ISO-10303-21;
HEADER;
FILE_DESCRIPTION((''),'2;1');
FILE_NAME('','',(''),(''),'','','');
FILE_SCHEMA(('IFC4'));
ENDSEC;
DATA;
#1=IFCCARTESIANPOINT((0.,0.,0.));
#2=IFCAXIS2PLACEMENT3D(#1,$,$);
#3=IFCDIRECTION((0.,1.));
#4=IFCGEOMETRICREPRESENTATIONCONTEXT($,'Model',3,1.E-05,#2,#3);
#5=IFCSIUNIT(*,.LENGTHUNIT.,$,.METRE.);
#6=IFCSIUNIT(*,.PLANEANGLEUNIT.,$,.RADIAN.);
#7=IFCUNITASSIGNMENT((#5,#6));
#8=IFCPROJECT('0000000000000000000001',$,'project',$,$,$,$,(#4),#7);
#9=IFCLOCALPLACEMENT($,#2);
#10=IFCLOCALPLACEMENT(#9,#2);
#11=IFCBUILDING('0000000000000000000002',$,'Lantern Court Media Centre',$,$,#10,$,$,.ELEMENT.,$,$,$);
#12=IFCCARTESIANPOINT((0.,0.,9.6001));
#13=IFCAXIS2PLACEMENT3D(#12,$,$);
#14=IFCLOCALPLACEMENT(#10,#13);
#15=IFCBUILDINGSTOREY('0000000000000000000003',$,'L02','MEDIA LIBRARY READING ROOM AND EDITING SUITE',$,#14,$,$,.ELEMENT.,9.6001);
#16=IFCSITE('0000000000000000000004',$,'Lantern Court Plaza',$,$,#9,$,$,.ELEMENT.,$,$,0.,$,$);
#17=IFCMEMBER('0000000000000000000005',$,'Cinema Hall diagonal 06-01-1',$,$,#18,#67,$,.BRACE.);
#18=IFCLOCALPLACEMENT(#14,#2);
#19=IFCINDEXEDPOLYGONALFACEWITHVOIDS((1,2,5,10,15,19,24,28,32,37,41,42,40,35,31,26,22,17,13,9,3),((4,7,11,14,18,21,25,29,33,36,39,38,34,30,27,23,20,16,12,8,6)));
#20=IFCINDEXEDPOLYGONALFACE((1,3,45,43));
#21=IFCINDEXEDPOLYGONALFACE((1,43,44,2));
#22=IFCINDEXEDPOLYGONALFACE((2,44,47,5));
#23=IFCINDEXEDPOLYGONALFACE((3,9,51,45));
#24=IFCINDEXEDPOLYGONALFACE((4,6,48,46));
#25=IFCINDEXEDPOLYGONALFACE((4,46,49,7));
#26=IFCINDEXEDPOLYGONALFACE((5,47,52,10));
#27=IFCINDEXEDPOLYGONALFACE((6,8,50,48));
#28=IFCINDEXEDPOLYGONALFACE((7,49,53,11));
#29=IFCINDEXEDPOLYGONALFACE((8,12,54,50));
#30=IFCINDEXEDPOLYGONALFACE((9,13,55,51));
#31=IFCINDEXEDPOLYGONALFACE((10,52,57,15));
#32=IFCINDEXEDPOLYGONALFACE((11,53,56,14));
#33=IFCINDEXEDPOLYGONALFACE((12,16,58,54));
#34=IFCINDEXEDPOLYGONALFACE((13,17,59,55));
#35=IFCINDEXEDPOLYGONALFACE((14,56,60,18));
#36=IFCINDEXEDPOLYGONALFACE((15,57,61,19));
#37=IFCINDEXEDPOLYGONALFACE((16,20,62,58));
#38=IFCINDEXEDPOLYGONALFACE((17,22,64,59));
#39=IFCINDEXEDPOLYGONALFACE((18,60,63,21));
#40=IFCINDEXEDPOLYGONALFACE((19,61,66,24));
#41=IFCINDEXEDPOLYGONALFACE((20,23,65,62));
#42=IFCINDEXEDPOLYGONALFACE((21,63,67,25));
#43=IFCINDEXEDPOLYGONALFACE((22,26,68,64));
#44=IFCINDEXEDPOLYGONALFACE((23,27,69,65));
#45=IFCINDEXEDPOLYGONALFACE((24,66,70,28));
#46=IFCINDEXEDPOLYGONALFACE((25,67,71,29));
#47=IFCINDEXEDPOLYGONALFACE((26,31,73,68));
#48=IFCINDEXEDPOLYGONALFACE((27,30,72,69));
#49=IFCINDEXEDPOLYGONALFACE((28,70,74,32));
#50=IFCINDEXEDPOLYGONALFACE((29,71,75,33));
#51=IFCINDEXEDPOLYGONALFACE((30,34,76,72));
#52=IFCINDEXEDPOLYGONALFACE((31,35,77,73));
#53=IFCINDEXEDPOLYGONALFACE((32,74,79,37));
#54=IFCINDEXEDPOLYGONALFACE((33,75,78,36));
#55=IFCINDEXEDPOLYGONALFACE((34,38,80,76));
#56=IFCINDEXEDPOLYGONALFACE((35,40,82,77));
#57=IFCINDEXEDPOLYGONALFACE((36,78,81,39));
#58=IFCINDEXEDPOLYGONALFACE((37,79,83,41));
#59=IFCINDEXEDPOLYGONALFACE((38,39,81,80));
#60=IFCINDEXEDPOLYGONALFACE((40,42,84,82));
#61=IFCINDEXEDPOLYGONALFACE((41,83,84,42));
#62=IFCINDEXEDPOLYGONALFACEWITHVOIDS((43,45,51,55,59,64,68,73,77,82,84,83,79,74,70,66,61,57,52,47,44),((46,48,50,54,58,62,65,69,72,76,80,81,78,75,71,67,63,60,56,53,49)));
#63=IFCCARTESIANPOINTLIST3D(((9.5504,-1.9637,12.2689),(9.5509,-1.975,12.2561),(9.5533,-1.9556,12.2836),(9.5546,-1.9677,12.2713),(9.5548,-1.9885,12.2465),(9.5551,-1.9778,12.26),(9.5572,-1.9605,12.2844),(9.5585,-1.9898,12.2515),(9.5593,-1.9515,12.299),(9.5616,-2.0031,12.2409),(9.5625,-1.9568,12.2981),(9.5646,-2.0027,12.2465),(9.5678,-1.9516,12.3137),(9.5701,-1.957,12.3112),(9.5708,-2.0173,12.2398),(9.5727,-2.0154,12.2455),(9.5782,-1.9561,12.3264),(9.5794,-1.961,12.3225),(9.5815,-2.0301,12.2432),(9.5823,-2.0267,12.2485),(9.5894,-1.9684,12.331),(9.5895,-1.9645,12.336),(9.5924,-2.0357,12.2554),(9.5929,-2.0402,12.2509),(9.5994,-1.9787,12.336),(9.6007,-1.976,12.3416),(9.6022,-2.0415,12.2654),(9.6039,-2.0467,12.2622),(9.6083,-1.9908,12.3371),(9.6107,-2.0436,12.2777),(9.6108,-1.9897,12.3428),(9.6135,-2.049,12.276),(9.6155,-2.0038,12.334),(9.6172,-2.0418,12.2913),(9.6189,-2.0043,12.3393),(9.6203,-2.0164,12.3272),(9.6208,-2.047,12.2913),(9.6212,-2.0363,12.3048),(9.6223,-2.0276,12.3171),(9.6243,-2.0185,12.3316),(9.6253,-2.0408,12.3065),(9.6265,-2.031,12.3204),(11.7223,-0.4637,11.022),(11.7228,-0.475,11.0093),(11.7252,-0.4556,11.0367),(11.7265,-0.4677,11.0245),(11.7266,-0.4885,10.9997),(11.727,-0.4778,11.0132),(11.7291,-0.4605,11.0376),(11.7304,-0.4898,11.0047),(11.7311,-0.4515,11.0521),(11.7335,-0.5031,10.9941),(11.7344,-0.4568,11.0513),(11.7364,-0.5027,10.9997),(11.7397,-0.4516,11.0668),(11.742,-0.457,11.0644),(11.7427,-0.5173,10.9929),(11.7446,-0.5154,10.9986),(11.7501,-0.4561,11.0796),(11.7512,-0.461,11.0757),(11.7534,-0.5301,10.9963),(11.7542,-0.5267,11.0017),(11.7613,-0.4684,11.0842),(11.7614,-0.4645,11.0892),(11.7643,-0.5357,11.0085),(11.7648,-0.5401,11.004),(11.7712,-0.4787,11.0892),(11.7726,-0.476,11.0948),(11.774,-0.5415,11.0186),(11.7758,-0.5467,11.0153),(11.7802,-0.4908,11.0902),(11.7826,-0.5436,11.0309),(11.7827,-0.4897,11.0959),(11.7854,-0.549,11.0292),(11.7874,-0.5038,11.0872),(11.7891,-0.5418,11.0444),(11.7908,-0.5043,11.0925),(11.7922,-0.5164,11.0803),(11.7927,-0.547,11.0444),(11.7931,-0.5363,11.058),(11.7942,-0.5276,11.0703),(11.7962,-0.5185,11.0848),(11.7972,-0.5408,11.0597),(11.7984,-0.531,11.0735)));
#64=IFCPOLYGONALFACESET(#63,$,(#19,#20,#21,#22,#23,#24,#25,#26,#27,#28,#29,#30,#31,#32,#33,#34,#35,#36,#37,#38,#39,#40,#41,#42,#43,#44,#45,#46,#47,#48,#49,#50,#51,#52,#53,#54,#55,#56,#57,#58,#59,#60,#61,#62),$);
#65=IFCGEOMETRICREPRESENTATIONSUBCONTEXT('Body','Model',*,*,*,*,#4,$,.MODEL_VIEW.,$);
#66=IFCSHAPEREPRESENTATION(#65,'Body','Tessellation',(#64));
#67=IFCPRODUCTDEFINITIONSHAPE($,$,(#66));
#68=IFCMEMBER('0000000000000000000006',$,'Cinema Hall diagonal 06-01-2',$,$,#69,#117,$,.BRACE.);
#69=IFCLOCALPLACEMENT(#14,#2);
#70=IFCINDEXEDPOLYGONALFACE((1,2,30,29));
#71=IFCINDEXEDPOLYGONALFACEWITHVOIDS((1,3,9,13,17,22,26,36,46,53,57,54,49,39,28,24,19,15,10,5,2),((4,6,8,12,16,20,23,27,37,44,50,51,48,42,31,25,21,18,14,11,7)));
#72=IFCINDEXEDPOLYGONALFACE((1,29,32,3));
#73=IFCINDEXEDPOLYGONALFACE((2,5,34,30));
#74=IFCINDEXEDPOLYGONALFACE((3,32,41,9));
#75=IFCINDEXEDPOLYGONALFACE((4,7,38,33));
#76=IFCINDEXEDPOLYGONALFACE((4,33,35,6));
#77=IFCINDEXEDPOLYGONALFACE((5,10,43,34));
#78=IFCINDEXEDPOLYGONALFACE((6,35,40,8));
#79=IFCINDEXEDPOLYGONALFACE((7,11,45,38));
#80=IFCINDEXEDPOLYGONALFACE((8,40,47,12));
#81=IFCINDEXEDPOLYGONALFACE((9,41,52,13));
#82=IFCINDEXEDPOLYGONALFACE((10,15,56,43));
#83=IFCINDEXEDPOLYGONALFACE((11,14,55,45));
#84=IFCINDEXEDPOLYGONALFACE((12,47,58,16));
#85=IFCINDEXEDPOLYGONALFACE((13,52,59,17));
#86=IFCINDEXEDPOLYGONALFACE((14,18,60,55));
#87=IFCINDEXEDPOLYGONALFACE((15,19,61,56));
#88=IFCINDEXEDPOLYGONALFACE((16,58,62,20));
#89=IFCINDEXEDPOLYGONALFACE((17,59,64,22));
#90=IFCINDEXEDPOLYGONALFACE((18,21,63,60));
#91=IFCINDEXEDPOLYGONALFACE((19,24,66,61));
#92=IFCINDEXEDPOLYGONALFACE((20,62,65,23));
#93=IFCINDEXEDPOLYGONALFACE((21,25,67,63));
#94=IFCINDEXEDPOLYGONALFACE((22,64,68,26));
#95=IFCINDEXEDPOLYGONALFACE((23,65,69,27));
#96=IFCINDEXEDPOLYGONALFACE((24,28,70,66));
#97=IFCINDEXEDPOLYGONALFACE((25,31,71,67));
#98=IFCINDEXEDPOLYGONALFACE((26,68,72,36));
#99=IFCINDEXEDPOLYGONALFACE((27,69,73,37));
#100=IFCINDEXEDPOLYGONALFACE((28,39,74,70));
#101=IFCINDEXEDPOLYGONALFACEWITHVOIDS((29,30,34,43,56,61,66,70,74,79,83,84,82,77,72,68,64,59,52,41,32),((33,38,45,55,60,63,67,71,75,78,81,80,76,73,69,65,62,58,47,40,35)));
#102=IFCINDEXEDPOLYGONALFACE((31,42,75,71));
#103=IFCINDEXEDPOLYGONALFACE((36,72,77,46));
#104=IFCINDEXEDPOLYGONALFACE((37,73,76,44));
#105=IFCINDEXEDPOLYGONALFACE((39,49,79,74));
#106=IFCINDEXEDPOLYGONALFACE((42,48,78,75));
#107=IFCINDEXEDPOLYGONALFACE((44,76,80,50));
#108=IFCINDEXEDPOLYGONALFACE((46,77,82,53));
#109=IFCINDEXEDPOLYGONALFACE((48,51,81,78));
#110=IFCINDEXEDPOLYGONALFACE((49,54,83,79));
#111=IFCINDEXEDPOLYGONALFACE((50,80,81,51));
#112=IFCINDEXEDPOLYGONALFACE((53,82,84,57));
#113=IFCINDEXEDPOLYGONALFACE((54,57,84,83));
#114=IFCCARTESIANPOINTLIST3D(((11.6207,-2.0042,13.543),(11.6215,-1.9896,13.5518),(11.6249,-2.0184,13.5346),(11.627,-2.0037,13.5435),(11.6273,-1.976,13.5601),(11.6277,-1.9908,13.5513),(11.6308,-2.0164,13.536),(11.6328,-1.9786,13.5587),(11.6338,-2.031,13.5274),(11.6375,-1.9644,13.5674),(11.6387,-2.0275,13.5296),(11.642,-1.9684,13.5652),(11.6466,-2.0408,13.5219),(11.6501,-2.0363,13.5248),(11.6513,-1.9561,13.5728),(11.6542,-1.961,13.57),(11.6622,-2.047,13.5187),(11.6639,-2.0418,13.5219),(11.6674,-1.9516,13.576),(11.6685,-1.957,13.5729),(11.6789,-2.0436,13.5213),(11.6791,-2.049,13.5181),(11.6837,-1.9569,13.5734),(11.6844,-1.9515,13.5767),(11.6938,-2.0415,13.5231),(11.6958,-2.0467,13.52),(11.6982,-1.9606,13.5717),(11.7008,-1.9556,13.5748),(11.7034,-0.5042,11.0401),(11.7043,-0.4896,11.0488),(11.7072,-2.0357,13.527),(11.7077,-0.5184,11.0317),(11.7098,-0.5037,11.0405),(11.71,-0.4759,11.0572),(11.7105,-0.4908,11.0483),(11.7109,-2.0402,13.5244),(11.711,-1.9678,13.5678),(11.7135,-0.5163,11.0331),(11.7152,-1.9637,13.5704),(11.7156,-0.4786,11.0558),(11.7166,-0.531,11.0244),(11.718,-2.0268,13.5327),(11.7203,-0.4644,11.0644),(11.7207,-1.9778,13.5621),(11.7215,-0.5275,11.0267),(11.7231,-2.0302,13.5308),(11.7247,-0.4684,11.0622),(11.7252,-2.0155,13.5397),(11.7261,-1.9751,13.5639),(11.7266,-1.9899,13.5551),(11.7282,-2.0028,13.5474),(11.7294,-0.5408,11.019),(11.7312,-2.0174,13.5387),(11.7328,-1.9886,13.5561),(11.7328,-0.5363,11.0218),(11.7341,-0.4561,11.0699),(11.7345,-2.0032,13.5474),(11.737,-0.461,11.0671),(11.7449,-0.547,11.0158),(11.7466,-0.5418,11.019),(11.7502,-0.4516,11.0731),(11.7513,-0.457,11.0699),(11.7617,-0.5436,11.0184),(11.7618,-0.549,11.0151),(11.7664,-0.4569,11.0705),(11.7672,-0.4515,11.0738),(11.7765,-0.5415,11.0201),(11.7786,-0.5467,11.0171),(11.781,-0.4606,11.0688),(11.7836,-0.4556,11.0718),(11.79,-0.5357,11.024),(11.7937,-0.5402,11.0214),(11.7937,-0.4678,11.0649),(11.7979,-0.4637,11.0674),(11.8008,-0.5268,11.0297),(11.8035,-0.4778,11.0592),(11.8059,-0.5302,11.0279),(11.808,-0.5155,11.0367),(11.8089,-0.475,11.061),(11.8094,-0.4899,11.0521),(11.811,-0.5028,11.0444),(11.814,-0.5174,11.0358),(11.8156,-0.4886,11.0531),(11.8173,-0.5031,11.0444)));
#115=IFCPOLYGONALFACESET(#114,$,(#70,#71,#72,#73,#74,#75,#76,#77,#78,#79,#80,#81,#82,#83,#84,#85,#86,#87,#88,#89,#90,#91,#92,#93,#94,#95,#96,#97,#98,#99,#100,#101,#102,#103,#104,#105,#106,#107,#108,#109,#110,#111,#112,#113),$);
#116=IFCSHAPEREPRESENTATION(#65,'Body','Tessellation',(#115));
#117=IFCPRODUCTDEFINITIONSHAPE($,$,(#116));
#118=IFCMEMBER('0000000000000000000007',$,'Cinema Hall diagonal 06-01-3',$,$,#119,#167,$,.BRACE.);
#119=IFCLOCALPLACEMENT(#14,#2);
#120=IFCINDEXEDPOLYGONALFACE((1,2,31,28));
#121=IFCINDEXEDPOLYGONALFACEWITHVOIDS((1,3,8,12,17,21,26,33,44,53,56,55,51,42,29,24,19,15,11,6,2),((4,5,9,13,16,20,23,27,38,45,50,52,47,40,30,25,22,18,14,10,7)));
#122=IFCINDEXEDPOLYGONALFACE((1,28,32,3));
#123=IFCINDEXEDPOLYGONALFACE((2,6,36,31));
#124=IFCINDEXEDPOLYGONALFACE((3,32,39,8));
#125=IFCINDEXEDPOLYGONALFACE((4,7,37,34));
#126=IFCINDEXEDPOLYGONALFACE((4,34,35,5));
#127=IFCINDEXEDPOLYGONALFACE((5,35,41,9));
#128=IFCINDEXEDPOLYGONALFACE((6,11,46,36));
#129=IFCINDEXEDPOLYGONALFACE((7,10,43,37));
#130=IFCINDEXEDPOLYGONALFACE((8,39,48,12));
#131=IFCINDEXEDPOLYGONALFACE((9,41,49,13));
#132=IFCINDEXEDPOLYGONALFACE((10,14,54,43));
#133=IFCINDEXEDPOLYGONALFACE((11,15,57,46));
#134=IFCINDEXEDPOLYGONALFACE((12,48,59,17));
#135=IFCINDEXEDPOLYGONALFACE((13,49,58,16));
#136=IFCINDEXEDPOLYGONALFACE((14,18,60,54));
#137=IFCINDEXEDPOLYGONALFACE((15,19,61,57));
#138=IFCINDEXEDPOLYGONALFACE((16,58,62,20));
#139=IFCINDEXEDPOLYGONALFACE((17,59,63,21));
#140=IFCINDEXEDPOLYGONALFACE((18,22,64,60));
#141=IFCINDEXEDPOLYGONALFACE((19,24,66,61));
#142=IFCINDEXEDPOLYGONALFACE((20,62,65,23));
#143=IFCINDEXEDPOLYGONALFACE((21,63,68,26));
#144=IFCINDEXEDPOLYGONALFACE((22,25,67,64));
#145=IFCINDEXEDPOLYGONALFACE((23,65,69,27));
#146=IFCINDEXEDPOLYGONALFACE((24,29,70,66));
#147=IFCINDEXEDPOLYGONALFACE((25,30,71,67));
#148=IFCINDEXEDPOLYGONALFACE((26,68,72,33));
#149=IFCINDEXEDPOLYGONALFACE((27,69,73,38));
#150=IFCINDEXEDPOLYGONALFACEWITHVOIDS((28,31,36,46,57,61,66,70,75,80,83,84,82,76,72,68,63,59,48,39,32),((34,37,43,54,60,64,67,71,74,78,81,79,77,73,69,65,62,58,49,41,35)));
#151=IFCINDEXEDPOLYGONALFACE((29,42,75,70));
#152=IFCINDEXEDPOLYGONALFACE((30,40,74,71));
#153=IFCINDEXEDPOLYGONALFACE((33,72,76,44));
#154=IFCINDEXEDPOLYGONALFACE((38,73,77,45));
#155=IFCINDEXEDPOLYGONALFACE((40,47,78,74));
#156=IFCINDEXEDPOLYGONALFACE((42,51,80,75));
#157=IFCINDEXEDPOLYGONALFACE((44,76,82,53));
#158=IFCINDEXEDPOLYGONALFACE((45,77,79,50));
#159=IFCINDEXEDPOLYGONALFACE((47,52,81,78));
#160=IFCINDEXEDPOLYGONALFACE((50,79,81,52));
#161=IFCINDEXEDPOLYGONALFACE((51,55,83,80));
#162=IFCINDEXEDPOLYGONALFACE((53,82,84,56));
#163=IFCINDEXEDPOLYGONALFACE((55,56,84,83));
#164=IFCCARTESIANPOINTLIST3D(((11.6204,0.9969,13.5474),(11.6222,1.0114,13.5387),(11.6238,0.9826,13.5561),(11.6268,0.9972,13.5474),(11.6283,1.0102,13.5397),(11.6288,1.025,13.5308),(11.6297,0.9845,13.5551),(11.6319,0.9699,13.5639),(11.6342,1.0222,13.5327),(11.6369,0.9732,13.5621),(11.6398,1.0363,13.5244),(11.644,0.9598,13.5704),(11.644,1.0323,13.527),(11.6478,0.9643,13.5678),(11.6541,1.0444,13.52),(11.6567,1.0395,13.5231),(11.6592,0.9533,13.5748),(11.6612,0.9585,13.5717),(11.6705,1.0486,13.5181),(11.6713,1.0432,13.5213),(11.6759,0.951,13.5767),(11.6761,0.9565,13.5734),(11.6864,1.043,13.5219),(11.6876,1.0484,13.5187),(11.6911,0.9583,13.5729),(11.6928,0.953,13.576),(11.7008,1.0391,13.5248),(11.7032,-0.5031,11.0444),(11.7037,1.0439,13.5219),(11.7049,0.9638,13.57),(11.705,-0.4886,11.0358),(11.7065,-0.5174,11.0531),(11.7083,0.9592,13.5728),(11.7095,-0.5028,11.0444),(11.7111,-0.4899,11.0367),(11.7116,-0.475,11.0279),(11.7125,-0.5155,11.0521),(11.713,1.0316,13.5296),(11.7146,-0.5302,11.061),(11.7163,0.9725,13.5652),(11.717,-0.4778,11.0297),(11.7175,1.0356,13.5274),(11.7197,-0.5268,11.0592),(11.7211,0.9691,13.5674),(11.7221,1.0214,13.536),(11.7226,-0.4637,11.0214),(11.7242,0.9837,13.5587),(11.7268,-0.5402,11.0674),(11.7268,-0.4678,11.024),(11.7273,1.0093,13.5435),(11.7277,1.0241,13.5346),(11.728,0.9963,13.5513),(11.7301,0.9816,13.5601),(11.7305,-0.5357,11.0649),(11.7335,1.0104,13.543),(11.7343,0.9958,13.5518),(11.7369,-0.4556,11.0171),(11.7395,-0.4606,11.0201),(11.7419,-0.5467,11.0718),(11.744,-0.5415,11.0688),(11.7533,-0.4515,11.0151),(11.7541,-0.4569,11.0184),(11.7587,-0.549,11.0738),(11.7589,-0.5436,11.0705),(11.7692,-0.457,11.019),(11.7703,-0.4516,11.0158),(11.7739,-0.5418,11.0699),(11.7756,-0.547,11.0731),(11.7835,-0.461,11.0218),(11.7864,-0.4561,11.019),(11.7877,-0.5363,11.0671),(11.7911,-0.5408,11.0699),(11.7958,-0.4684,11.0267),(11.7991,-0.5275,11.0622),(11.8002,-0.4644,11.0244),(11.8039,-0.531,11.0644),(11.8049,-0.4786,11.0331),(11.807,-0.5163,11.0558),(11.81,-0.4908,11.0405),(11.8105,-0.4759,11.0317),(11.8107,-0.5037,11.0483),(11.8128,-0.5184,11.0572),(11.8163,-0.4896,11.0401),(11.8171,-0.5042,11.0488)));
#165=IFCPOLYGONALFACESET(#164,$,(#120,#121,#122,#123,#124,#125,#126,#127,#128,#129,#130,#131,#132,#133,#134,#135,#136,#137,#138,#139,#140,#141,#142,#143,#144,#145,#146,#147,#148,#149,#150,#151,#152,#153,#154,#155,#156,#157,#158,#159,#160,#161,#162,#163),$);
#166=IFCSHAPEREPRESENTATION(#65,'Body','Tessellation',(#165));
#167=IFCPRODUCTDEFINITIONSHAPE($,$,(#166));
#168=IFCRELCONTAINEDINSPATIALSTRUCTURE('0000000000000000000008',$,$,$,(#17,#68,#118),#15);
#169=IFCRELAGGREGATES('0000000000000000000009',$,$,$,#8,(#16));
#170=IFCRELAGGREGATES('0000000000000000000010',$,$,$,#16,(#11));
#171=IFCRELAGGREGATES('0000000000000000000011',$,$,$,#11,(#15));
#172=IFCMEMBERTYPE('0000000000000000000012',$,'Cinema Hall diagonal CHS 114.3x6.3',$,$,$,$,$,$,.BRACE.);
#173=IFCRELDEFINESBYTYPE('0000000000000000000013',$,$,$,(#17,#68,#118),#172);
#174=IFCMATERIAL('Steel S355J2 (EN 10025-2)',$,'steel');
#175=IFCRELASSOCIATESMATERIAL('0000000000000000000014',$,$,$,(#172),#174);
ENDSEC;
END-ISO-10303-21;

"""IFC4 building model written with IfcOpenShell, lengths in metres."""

from ifc_helpers import new_model, si_unit, direction, frame, origin, origin_2d, place, context, subcontext, project, spatial, hollow_circle, extrude, material, material_profile, profile_set, type_object, element, save


model = new_model("IFC4")

# Units and contexts
model_context = context("Model", 3, precision=1e-05, world=origin(), true_north=direction((0.0, 1.0)))
body_context = subcontext(model_context, "Body", "Model", "MODEL_VIEW")
ifc_project = project(units=[si_unit("LENGTHUNIT", "METRE"), si_unit("PLANEANGLEUNIT", "RADIAN")], contexts=[model_context])

# Site, building, storey
site_placement = place(None, origin())
site = spatial("IfcSite", under=ifc_project, at=site_placement, Name="Lantern Court Plaza", CompositionType="ELEMENT", RefElevation=0.0)
building_placement = place(site_placement, origin())
building = spatial("IfcBuilding", under=site, at=building_placement, Name="Lantern Court Media Centre", CompositionType="ELEMENT")
storey_placement = place(building_placement, frame((0.0, 0.0, 9.6001)))
storey = spatial("IfcBuildingStorey", under=building, at=storey_placement, Name="L02", Description="MEDIA LIBRARY READING ROOM AND EDITING SUITE", CompositionType="ELEMENT", Elevation=9.6001)

# Members
ifc_material = material(Name="Steel S355J2 (EN 10025-2)", Category="steel")
ifc_material_profile_1 = material_profile(ifc_material, hollow_circle(Radius=0.0571, WallThickness=0.0063, at=origin_2d()), Name="Cinema Hall diagonal CHS 114.3x6.3")
ifc_profile_set_1 = profile_set([ifc_material_profile_1], Name="Steel S355J2 (EN 10025-2)")
member_type_1 = type_object("IfcMemberType", Name="Cinema Hall diagonal CHS 114.3x6.3", PredefinedType="BRACE", material=ifc_profile_set_1)
for number, where, z_axis, x_axis, name in (
    (1, (11.7603, -0.5, 11.0444), (-0.744002, -0.513843, 0.427115), (0.568286, -0.822831, 0.0), "Cinema Hall diagonal 06-01-1"),
    (2, (11.7603, -0.5, 11.0444), (-0.028352, -0.513846, 0.857414), (0.998481, -0.055092, 0.0), "Cinema Hall diagonal 06-01-2"),
    (3, (11.7603, -0.5, 11.0444), (-0.028352, 0.513846, 0.857414), (-0.998481, -0.055092, 0.0), "Cinema Hall diagonal 06-01-3"),
):
    element("IfcMember", number, at=place(storey_placement, frame(where, z_axis=z_axis, x_axis=x_axis)), inside=storey, type_object=member_type_1, Name=name, PredefinedType="BRACE", context=body_context, shape_type="SweptSolid", body=[
        extrude(hollow_circle(Radius=0.0571, WallThickness=0.0063, at=origin_2d()), origin(), (0.0, 0.0, 1.0), 2.9192),
    ])

save(model, "model.ifc")
